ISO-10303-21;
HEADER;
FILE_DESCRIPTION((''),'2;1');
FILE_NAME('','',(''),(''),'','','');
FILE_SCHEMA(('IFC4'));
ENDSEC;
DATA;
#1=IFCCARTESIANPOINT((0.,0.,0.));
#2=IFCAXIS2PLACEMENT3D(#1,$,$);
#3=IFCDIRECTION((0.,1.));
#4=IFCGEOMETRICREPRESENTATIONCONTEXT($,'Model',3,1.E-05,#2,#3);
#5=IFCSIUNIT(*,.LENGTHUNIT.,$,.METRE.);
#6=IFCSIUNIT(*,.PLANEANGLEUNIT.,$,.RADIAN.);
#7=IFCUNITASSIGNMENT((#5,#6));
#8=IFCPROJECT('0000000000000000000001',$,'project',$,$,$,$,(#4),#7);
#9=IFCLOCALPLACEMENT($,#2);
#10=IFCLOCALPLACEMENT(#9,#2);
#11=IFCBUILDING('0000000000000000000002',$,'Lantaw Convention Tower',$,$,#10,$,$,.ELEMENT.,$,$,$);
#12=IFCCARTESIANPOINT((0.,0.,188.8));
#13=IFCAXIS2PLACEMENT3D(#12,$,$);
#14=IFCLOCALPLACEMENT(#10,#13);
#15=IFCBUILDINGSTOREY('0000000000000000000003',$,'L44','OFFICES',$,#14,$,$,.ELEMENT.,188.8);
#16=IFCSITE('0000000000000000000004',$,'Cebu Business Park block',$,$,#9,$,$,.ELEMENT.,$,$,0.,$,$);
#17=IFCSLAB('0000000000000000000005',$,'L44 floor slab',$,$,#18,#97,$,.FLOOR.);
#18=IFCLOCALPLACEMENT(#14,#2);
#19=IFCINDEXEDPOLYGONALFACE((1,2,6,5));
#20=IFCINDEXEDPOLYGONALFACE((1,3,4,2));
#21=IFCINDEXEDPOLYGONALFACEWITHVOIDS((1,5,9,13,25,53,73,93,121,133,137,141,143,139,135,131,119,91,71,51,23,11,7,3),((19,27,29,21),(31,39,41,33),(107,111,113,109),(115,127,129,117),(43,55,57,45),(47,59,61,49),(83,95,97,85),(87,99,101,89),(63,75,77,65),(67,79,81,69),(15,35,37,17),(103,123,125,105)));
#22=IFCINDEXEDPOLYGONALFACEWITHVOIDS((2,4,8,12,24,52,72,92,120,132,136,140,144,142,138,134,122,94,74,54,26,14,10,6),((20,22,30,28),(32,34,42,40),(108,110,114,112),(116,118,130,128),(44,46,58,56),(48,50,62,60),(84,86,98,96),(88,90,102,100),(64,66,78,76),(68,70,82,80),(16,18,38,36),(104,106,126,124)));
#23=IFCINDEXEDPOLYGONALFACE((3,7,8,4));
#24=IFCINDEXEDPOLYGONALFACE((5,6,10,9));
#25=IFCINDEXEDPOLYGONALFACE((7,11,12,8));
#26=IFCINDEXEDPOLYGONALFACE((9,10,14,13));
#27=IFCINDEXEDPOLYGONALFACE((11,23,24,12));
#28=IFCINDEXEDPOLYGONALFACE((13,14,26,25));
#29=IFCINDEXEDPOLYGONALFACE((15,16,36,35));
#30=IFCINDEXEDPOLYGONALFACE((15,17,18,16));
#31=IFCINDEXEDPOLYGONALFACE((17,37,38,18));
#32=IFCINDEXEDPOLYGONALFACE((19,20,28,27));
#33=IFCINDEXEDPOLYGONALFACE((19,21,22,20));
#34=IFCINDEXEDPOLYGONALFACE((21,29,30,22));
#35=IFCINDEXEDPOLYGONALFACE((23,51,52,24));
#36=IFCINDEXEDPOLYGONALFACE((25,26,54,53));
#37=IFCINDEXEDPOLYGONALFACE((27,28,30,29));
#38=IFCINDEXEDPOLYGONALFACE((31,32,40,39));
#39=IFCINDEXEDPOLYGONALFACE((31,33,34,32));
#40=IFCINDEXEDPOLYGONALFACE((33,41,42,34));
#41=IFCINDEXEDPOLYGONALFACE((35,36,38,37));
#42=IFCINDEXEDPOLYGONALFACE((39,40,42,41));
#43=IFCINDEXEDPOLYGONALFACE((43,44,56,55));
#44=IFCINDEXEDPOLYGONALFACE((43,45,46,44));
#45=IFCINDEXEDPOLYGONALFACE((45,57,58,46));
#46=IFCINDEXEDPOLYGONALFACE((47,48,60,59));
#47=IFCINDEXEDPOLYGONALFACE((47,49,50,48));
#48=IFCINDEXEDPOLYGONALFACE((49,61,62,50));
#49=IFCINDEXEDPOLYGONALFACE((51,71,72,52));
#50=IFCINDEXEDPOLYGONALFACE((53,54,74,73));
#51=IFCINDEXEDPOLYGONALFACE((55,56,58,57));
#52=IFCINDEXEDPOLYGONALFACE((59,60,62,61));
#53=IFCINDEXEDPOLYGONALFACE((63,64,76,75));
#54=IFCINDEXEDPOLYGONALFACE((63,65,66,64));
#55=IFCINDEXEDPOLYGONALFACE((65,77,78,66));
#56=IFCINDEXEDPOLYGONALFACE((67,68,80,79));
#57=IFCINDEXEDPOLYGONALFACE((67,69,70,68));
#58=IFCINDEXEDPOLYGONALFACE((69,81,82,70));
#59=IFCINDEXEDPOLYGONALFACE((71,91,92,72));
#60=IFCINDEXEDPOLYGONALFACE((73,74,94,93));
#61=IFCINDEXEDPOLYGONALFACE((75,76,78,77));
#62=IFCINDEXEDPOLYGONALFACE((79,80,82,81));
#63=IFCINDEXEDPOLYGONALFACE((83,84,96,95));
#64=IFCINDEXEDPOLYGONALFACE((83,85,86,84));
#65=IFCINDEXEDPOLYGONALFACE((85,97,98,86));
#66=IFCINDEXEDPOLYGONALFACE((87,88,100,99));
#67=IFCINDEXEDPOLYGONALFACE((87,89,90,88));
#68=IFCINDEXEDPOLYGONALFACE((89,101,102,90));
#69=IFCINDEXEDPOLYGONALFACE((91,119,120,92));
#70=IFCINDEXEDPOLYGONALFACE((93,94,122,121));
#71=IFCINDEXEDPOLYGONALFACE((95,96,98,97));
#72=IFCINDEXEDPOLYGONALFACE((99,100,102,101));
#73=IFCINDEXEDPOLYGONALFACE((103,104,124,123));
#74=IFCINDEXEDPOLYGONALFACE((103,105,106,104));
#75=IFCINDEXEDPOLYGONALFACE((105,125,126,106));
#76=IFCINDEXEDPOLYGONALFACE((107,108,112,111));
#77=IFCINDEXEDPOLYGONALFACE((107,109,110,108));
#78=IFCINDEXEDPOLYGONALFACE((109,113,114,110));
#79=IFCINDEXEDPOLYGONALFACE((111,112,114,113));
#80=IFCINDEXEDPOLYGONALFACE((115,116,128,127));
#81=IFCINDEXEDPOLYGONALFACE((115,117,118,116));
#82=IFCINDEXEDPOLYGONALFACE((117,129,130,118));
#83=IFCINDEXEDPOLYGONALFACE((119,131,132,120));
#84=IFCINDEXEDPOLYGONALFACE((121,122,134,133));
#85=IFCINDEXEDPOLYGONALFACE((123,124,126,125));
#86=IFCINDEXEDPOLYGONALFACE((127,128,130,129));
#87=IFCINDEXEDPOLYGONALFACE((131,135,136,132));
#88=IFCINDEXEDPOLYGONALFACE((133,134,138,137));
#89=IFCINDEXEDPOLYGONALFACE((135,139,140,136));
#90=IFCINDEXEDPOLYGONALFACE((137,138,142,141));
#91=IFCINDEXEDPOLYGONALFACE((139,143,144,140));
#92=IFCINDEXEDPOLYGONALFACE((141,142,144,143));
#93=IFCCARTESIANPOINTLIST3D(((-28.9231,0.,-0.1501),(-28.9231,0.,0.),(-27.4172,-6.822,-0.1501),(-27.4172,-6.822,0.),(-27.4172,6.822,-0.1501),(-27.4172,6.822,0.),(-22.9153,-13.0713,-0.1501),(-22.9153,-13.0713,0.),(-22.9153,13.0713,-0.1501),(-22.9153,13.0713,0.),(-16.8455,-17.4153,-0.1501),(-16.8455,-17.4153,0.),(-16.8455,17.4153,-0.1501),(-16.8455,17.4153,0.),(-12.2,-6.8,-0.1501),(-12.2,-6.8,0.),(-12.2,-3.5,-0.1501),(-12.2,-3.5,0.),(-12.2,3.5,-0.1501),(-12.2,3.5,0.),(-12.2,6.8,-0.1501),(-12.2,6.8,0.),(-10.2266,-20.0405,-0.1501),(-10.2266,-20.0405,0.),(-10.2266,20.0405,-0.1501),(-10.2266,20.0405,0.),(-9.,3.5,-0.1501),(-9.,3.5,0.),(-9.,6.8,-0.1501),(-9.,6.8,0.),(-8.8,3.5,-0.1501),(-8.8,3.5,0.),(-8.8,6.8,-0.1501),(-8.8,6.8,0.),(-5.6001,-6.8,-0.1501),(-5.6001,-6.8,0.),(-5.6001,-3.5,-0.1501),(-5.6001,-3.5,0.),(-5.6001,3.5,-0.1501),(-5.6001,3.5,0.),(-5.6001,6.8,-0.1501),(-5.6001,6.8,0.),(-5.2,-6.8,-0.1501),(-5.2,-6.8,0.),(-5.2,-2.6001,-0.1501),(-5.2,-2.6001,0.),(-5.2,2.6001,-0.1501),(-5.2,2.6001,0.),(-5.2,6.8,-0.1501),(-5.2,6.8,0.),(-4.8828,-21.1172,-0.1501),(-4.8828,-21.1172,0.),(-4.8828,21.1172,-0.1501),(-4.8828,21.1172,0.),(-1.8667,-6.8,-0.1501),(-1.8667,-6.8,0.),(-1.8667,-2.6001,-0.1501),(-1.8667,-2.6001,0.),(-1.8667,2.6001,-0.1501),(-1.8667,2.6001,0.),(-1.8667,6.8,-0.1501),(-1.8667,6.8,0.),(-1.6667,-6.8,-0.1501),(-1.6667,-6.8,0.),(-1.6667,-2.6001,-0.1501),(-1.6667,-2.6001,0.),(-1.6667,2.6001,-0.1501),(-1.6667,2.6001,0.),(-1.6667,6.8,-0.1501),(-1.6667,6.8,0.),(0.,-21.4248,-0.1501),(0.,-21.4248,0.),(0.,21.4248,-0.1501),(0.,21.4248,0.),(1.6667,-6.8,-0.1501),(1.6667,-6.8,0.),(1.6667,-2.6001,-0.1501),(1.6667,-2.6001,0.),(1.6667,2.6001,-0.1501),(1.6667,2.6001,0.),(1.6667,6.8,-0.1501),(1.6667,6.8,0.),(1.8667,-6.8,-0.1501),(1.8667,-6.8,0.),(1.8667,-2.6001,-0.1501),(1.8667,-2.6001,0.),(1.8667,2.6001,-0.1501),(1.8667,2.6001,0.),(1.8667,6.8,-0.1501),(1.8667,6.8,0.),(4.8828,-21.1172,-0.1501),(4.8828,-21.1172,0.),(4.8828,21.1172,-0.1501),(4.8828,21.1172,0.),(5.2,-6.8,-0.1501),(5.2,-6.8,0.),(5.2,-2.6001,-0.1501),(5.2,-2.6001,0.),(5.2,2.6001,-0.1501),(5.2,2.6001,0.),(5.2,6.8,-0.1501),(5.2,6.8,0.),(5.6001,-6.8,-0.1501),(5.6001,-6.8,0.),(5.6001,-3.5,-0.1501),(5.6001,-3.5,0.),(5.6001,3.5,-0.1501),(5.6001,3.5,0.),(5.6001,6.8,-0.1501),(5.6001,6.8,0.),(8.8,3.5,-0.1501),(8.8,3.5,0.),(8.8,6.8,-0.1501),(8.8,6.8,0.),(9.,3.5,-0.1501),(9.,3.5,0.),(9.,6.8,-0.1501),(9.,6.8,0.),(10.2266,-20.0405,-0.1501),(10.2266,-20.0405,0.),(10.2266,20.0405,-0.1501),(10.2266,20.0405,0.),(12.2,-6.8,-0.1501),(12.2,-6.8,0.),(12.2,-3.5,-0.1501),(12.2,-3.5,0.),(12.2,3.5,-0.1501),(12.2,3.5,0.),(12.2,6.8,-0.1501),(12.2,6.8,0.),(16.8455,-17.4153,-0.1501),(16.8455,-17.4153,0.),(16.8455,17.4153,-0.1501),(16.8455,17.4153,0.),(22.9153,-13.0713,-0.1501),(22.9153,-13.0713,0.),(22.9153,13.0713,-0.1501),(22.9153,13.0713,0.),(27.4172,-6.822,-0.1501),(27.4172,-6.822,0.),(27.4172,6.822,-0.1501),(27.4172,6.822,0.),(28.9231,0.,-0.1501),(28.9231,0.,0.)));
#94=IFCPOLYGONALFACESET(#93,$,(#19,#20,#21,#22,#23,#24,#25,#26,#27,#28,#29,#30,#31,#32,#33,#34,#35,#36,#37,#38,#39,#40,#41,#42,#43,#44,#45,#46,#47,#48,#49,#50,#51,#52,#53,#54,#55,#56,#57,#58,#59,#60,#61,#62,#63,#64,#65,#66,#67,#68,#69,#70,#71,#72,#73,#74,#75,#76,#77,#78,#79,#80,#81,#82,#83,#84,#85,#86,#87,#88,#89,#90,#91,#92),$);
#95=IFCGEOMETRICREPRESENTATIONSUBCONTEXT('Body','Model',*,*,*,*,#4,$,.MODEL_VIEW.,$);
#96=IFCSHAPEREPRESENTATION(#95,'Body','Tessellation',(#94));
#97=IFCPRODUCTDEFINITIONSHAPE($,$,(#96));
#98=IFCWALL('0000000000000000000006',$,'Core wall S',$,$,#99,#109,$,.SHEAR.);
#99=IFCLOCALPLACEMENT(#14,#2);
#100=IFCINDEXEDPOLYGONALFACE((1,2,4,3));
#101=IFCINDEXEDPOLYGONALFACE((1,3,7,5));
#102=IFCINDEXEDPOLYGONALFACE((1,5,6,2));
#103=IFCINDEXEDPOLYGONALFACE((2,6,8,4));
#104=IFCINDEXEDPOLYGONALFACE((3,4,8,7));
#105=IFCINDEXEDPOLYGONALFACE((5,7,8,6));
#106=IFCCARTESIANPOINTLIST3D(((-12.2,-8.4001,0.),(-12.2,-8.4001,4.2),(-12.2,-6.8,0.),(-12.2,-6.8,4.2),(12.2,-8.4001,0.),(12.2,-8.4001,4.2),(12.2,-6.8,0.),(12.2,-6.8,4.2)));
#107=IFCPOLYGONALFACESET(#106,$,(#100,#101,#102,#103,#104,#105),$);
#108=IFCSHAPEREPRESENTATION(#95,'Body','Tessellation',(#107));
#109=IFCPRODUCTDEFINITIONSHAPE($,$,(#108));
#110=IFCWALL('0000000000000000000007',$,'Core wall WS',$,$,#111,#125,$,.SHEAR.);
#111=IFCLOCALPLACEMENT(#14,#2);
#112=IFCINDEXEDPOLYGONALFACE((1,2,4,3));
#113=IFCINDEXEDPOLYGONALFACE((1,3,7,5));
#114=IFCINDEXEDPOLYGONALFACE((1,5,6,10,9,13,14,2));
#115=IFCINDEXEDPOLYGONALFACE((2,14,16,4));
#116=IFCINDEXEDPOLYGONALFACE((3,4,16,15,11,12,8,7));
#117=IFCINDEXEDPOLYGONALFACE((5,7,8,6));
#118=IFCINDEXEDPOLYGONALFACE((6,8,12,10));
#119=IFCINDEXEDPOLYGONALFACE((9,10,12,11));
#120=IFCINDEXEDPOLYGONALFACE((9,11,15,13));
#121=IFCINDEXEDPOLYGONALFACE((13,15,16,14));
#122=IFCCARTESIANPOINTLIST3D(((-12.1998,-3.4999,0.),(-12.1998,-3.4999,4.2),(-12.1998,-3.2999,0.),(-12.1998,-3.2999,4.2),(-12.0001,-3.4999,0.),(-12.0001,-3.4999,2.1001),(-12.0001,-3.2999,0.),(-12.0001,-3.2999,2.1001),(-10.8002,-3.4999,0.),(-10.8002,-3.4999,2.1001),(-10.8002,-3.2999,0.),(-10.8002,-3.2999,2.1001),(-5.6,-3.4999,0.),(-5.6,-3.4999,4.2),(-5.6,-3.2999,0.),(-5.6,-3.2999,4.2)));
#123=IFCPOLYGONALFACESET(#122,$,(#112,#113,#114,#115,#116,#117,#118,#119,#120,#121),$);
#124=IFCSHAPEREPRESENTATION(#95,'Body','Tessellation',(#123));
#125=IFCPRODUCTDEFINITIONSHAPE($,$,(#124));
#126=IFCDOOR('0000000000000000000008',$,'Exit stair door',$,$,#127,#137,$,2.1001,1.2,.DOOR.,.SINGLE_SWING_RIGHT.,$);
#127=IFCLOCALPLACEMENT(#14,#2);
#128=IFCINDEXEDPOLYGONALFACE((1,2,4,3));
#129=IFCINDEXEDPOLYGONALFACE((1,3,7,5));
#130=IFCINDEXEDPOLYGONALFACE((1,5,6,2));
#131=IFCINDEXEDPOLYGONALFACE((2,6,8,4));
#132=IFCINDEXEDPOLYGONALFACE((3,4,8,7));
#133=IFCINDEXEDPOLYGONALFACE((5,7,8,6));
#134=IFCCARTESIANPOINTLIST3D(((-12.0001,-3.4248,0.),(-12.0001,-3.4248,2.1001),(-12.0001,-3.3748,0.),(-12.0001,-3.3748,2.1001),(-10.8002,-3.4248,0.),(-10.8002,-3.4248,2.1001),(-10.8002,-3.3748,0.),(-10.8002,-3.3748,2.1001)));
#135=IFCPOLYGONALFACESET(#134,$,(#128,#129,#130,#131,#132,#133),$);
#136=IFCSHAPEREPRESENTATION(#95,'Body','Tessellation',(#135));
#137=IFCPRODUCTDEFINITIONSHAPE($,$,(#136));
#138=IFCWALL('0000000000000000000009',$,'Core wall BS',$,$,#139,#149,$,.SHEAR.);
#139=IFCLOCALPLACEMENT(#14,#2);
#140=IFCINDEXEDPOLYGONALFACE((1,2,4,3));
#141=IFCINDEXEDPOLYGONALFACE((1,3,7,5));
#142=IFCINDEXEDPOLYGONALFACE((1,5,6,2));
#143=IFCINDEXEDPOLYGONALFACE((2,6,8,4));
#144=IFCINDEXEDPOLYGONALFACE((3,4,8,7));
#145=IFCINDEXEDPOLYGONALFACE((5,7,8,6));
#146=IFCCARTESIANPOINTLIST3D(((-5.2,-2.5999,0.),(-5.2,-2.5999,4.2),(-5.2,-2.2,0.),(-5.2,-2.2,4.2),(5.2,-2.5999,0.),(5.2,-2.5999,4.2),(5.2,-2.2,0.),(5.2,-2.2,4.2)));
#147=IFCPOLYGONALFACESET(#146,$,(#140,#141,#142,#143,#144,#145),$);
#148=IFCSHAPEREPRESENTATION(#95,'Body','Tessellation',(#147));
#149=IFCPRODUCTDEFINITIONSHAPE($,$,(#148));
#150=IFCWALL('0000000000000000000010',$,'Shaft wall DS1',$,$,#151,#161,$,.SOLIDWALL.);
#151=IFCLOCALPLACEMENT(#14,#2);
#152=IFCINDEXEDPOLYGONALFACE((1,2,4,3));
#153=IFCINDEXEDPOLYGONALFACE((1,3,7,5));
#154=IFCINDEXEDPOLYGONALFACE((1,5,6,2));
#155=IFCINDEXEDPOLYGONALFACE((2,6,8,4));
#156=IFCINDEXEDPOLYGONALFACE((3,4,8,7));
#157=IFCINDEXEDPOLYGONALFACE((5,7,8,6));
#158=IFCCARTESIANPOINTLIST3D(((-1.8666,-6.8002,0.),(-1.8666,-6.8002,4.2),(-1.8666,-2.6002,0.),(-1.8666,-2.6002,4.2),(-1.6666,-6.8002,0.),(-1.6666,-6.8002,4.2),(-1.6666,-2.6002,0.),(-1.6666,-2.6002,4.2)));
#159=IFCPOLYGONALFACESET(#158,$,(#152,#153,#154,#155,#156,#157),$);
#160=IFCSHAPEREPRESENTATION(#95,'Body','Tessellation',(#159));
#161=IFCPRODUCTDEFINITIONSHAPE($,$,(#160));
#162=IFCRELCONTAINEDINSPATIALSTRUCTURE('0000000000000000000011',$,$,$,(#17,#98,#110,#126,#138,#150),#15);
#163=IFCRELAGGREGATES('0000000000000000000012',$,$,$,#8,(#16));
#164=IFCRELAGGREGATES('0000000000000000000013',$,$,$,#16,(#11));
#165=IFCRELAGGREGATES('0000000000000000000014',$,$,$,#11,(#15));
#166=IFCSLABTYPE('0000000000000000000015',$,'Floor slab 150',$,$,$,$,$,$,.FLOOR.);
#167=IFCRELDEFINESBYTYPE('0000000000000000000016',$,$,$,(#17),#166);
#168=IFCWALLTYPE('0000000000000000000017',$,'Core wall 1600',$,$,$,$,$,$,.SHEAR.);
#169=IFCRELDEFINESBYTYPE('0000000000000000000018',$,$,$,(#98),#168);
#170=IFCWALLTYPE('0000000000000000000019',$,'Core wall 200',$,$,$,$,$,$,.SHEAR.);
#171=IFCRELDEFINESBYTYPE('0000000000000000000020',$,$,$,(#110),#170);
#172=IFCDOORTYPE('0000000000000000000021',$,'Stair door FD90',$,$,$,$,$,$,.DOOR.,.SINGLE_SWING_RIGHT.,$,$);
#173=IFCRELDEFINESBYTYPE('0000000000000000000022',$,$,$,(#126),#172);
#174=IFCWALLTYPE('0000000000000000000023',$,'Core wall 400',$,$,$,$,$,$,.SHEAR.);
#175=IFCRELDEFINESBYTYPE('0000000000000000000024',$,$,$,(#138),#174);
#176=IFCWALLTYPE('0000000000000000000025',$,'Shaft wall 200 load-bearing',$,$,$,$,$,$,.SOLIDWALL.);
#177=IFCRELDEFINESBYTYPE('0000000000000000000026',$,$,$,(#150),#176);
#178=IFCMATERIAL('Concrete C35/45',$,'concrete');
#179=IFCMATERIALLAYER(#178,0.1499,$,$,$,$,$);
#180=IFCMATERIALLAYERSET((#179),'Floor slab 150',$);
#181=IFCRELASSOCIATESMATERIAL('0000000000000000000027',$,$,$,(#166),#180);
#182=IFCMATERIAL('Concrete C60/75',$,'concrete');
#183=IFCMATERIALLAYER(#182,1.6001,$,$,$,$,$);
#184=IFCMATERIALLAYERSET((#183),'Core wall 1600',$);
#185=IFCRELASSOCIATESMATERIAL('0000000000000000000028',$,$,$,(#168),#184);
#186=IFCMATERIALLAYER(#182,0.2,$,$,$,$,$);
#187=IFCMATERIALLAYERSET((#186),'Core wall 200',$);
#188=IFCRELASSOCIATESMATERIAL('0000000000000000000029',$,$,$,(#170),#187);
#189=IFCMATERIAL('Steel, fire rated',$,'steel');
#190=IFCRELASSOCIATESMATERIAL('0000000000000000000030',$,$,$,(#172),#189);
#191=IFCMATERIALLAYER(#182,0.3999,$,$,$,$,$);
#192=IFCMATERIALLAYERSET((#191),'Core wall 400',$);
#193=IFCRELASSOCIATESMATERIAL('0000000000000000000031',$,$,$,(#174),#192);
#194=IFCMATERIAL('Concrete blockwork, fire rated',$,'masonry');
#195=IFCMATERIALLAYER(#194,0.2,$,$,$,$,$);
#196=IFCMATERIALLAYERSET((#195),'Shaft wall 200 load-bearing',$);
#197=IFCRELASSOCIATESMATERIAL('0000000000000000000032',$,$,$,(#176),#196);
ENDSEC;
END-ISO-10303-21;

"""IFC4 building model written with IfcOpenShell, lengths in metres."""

from ifc_helpers import new_model, si_unit, direction, frame, frame_2d, origin, place, context, subcontext, project, spatial, polyline, rectangle, outline, extrude, material, layer, layer_set, type_object, element, fill, save


model = new_model("IFC4")

# Units and contexts
model_context = context("Model", 3, precision=1e-05, world=origin(), true_north=direction((0.0, 1.0)))
body_context = subcontext(model_context, "Body", "Model", "MODEL_VIEW")
ifc_project = project(units=[si_unit("LENGTHUNIT", "METRE"), si_unit("PLANEANGLEUNIT", "RADIAN")], contexts=[model_context])

# Site, building, storey
site_placement = place(None, origin())
site = spatial("IfcSite", under=ifc_project, at=site_placement, Name="Cebu Business Park block", CompositionType="ELEMENT", RefElevation=0.0)
building_placement = place(site_placement, origin())
building = spatial("IfcBuilding", under=site, at=building_placement, Name="Lantaw Convention Tower", CompositionType="ELEMENT")
storey_placement = place(building_placement, frame((0.0, 0.0, 188.8)))
storey = spatial("IfcBuildingStorey", under=building, at=storey_placement, Name="L44", Description="OFFICES", CompositionType="ELEMENT", Elevation=188.8)

# Slab
ifc_material_1 = material(Name="Concrete C35/45", Category="concrete")
ifc_layer_1 = layer(ifc_material_1, 0.1499)
ifc_layer_set_1 = layer_set([ifc_layer_1], Name="Floor slab 150")
slab_type = type_object("IfcSlabType", Name="Floor slab 150", PredefinedType="FLOOR", material=ifc_layer_set_1)
slab_placement = place(storey_placement, frame((0.0, 0.0, -0.1501)))
element("IfcSlab", 1, at=slab_placement, inside=storey, type_object=slab_type, Name="L44 floor slab", PredefinedType="FLOOR", context=body_context, shape_type="SweptSolid", body=[
    extrude(outline(polyline([(27.4172, -6.822), (28.9231, 0.0), (27.4172, 6.822), (22.9153, 13.0713), (16.8455, 17.4153), (10.2266, 20.0405), (4.8828, 21.1172), (0.0, 21.4248), (-4.8828, 21.1172), (-10.2266, 20.0405), (-16.8455, 17.4153), (-22.9153, 13.0713), (-27.4172, 6.822), (-28.9231, 0.0), (-27.4172, -6.822), (-22.9153, -13.0713), (-16.8455, -17.4153), (-10.2266, -20.0405), (-4.8828, -21.1172), (0.0, -21.4248), (4.8828, -21.1172), (10.2266, -20.0405), (16.8455, -17.4153), (22.9153, -13.0713), (27.4172, -6.822)]), holes=[polyline([(-5.6001, -3.5), (-12.2, -3.5), (-12.2, -6.8), (-5.6001, -6.8), (-5.6001, -3.5)]), polyline([(-1.8667, -6.8), (-1.8667, -2.6001), (-5.2, -2.6001), (-5.2, -6.8), (-1.8667, -6.8)]), polyline([(-1.8667, 2.6001), (-1.8667, 6.8), (-5.2, 6.8), (-5.2, 2.6001), (-1.8667, 2.6001)]), polyline([(1.6667, 6.8), (-1.6667, 6.8), (-1.6667, 2.6001), (1.6667, 2.6001), (1.6667, 6.8)]), polyline([(-9.0, 3.5), (-9.0, 6.8), (-12.2, 6.8), (-12.2, 3.5), (-9.0, 3.5)]), polyline([(-5.6001, 3.5), (-5.6001, 6.8), (-8.8, 6.8), (-8.8, 3.5), (-5.6001, 3.5)]), polyline([(12.2, -3.5), (5.6001, -3.5), (5.6001, -6.8), (12.2, -6.8), (12.2, -3.5)]), polyline([(1.6667, -6.8), (1.6667, -2.6001), (-1.6667, -2.6001), (-1.6667, -6.8), (1.6667, -6.8)]), polyline([(5.2, -6.8), (5.2, -2.6001), (1.8667, -2.6001), (1.8667, -6.8), (5.2, -6.8)]), polyline([(5.2, 6.8), (1.8667, 6.8), (1.8667, 2.6001), (5.2, 2.6001), (5.2, 6.8)]), polyline([(8.8, 3.5), (8.8, 6.8), (5.6001, 6.8), (5.6001, 3.5), (8.8, 3.5)]), polyline([(12.2, 3.5), (12.2, 6.8), (9.0, 6.8), (9.0, 3.5), (12.2, 3.5)])]), origin(), (0.0, 0.0, 1.0), 0.1501),
])

# Wall
ifc_material_2 = material(Name="Concrete C60/75", Category="concrete")
ifc_layer_2 = layer(ifc_material_2, 1.6001)
ifc_layer_set_2 = layer_set([ifc_layer_2], Name="Core wall 1600")
wall_type_1 = type_object("IfcWallType", Name="Core wall 1600", PredefinedType="SHEAR", material=ifc_layer_set_2)
wall_1_placement = place(storey_placement, frame((-12.2, -7.6001, 0.0), z_axis=(0.0, 0.0, 1.0), x_axis=(1.0, 0.0, 0.0)))
element("IfcWall", 2, at=wall_1_placement, inside=storey, type_object=wall_type_1, Name="Core wall S", PredefinedType="SHEAR", context=body_context, shape_type="SweptSolid", body=[
    extrude(rectangle(XDim=24.3999, YDim=1.6001, at=frame_2d((12.2, 0.0))), origin(), (0.0, 0.0, 1.0), 4.2),
])

# Wall, opening, door
ifc_layer_3 = layer(ifc_material_2, 0.2)
ifc_layer_set_3 = layer_set([ifc_layer_3], Name="Core wall 200")
wall_type_2 = type_object("IfcWallType", Name="Core wall 200", PredefinedType="SHEAR", material=ifc_layer_set_3)
wall_2_placement = place(storey_placement, frame((-5.6001, -3.3999, 0.0), z_axis=(0.0, 0.0, 1.0), x_axis=(-1.0, 0.0, 0.0)))
wall_2 = element("IfcWall", 3, at=wall_2_placement, inside=storey, type_object=wall_type_2, Name="Core wall WS", PredefinedType="SHEAR", context=body_context, shape_type="SweptSolid", body=[
    extrude(rectangle(XDim=6.5999, YDim=0.2, at=frame_2d((3.2998, 0.0))), origin(), (0.0, 0.0, 1.0), 4.2),
])
opening_placement = place(wall_2_placement, frame((5.2, 0.0, 0.0)))
opening = element("IfcOpeningElement", 4, at=opening_placement, cuts=wall_2, PredefinedType="OPENING", context=body_context, shape_type="SweptSolid", body=[
    extrude(rectangle(XDim=1.2, YDim=2.1001, at=frame_2d((0.6001, 1.05))), frame((0.0, 0.1099, 0.0), z_axis=(0.0, -1.0, 0.0), x_axis=(1.0, 0.0, 0.0)), (0.0, 0.0, 1.0), 0.22),
])
ifc_material_3 = material(Name="Steel, fire rated", Category="steel")
door_type = type_object("IfcDoorType", Name="Stair door FD90", OperationType="SINGLE_SWING_RIGHT", PredefinedType="DOOR", material=ifc_material_3)
door_placement = place(opening_placement, origin())
door = element("IfcDoor", 5, at=door_placement, inside=storey, type_object=door_type, Name="Exit stair door", OperationType="SINGLE_SWING_RIGHT", OverallHeight=2.1001, OverallWidth=1.2, PredefinedType="DOOR", context=body_context, shape_type="SweptSolid", body=[
    extrude(rectangle(XDim=1.2, YDim=2.1001, at=frame_2d((0.6001, 1.05))), frame((0.0, 0.0249, 0.0), z_axis=(0.0, -1.0, 0.0), x_axis=(1.0, 0.0, 0.0)), (0.0, 0.0, 1.0), 0.05),
])
fill(opening, door)

# Walls
ifc_layer_4 = layer(ifc_material_2, 0.3999)
ifc_layer_set_4 = layer_set([ifc_layer_4], Name="Core wall 400")
wall_type_3 = type_object("IfcWallType", Name="Core wall 400", PredefinedType="SHEAR", material=ifc_layer_set_4)
wall_3_placement = place(storey_placement, frame((-5.2, -2.3999, 0.0), z_axis=(0.0, 0.0, 1.0), x_axis=(1.0, 0.0, 0.0)))
element("IfcWall", 6, at=wall_3_placement, inside=storey, type_object=wall_type_3, Name="Core wall BS", PredefinedType="SHEAR", context=body_context, shape_type="SweptSolid", body=[
    extrude(rectangle(XDim=10.3999, YDim=0.3999, at=frame_2d((5.2, 0.0))), origin(), (0.0, 0.0, 1.0), 4.2),
])
ifc_material_4 = material(Name="Concrete blockwork, fire rated", Category="masonry")
ifc_layer_5 = layer(ifc_material_4, 0.2)
ifc_layer_set_5 = layer_set([ifc_layer_5], Name="Shaft wall 200 load-bearing")
wall_type_4 = type_object("IfcWallType", Name="Shaft wall 200 load-bearing", PredefinedType="SOLIDWALL", material=ifc_layer_set_5)
wall_4_placement = place(storey_placement, frame((-1.7666, -2.6001, 0.0), z_axis=(0.0, 0.0, 1.0), x_axis=(0.0, -1.0, 0.0)))
element("IfcWall", 7, at=wall_4_placement, inside=storey, type_object=wall_type_4, Name="Shaft wall DS1", PredefinedType="SOLIDWALL", context=body_context, shape_type="SweptSolid", body=[
    extrude(rectangle(XDim=4.2, YDim=0.2, at=frame_2d((2.1001, 0.0))), origin(), (0.0, 0.0, 1.0), 4.2),
])

save(model, "model.ifc")
